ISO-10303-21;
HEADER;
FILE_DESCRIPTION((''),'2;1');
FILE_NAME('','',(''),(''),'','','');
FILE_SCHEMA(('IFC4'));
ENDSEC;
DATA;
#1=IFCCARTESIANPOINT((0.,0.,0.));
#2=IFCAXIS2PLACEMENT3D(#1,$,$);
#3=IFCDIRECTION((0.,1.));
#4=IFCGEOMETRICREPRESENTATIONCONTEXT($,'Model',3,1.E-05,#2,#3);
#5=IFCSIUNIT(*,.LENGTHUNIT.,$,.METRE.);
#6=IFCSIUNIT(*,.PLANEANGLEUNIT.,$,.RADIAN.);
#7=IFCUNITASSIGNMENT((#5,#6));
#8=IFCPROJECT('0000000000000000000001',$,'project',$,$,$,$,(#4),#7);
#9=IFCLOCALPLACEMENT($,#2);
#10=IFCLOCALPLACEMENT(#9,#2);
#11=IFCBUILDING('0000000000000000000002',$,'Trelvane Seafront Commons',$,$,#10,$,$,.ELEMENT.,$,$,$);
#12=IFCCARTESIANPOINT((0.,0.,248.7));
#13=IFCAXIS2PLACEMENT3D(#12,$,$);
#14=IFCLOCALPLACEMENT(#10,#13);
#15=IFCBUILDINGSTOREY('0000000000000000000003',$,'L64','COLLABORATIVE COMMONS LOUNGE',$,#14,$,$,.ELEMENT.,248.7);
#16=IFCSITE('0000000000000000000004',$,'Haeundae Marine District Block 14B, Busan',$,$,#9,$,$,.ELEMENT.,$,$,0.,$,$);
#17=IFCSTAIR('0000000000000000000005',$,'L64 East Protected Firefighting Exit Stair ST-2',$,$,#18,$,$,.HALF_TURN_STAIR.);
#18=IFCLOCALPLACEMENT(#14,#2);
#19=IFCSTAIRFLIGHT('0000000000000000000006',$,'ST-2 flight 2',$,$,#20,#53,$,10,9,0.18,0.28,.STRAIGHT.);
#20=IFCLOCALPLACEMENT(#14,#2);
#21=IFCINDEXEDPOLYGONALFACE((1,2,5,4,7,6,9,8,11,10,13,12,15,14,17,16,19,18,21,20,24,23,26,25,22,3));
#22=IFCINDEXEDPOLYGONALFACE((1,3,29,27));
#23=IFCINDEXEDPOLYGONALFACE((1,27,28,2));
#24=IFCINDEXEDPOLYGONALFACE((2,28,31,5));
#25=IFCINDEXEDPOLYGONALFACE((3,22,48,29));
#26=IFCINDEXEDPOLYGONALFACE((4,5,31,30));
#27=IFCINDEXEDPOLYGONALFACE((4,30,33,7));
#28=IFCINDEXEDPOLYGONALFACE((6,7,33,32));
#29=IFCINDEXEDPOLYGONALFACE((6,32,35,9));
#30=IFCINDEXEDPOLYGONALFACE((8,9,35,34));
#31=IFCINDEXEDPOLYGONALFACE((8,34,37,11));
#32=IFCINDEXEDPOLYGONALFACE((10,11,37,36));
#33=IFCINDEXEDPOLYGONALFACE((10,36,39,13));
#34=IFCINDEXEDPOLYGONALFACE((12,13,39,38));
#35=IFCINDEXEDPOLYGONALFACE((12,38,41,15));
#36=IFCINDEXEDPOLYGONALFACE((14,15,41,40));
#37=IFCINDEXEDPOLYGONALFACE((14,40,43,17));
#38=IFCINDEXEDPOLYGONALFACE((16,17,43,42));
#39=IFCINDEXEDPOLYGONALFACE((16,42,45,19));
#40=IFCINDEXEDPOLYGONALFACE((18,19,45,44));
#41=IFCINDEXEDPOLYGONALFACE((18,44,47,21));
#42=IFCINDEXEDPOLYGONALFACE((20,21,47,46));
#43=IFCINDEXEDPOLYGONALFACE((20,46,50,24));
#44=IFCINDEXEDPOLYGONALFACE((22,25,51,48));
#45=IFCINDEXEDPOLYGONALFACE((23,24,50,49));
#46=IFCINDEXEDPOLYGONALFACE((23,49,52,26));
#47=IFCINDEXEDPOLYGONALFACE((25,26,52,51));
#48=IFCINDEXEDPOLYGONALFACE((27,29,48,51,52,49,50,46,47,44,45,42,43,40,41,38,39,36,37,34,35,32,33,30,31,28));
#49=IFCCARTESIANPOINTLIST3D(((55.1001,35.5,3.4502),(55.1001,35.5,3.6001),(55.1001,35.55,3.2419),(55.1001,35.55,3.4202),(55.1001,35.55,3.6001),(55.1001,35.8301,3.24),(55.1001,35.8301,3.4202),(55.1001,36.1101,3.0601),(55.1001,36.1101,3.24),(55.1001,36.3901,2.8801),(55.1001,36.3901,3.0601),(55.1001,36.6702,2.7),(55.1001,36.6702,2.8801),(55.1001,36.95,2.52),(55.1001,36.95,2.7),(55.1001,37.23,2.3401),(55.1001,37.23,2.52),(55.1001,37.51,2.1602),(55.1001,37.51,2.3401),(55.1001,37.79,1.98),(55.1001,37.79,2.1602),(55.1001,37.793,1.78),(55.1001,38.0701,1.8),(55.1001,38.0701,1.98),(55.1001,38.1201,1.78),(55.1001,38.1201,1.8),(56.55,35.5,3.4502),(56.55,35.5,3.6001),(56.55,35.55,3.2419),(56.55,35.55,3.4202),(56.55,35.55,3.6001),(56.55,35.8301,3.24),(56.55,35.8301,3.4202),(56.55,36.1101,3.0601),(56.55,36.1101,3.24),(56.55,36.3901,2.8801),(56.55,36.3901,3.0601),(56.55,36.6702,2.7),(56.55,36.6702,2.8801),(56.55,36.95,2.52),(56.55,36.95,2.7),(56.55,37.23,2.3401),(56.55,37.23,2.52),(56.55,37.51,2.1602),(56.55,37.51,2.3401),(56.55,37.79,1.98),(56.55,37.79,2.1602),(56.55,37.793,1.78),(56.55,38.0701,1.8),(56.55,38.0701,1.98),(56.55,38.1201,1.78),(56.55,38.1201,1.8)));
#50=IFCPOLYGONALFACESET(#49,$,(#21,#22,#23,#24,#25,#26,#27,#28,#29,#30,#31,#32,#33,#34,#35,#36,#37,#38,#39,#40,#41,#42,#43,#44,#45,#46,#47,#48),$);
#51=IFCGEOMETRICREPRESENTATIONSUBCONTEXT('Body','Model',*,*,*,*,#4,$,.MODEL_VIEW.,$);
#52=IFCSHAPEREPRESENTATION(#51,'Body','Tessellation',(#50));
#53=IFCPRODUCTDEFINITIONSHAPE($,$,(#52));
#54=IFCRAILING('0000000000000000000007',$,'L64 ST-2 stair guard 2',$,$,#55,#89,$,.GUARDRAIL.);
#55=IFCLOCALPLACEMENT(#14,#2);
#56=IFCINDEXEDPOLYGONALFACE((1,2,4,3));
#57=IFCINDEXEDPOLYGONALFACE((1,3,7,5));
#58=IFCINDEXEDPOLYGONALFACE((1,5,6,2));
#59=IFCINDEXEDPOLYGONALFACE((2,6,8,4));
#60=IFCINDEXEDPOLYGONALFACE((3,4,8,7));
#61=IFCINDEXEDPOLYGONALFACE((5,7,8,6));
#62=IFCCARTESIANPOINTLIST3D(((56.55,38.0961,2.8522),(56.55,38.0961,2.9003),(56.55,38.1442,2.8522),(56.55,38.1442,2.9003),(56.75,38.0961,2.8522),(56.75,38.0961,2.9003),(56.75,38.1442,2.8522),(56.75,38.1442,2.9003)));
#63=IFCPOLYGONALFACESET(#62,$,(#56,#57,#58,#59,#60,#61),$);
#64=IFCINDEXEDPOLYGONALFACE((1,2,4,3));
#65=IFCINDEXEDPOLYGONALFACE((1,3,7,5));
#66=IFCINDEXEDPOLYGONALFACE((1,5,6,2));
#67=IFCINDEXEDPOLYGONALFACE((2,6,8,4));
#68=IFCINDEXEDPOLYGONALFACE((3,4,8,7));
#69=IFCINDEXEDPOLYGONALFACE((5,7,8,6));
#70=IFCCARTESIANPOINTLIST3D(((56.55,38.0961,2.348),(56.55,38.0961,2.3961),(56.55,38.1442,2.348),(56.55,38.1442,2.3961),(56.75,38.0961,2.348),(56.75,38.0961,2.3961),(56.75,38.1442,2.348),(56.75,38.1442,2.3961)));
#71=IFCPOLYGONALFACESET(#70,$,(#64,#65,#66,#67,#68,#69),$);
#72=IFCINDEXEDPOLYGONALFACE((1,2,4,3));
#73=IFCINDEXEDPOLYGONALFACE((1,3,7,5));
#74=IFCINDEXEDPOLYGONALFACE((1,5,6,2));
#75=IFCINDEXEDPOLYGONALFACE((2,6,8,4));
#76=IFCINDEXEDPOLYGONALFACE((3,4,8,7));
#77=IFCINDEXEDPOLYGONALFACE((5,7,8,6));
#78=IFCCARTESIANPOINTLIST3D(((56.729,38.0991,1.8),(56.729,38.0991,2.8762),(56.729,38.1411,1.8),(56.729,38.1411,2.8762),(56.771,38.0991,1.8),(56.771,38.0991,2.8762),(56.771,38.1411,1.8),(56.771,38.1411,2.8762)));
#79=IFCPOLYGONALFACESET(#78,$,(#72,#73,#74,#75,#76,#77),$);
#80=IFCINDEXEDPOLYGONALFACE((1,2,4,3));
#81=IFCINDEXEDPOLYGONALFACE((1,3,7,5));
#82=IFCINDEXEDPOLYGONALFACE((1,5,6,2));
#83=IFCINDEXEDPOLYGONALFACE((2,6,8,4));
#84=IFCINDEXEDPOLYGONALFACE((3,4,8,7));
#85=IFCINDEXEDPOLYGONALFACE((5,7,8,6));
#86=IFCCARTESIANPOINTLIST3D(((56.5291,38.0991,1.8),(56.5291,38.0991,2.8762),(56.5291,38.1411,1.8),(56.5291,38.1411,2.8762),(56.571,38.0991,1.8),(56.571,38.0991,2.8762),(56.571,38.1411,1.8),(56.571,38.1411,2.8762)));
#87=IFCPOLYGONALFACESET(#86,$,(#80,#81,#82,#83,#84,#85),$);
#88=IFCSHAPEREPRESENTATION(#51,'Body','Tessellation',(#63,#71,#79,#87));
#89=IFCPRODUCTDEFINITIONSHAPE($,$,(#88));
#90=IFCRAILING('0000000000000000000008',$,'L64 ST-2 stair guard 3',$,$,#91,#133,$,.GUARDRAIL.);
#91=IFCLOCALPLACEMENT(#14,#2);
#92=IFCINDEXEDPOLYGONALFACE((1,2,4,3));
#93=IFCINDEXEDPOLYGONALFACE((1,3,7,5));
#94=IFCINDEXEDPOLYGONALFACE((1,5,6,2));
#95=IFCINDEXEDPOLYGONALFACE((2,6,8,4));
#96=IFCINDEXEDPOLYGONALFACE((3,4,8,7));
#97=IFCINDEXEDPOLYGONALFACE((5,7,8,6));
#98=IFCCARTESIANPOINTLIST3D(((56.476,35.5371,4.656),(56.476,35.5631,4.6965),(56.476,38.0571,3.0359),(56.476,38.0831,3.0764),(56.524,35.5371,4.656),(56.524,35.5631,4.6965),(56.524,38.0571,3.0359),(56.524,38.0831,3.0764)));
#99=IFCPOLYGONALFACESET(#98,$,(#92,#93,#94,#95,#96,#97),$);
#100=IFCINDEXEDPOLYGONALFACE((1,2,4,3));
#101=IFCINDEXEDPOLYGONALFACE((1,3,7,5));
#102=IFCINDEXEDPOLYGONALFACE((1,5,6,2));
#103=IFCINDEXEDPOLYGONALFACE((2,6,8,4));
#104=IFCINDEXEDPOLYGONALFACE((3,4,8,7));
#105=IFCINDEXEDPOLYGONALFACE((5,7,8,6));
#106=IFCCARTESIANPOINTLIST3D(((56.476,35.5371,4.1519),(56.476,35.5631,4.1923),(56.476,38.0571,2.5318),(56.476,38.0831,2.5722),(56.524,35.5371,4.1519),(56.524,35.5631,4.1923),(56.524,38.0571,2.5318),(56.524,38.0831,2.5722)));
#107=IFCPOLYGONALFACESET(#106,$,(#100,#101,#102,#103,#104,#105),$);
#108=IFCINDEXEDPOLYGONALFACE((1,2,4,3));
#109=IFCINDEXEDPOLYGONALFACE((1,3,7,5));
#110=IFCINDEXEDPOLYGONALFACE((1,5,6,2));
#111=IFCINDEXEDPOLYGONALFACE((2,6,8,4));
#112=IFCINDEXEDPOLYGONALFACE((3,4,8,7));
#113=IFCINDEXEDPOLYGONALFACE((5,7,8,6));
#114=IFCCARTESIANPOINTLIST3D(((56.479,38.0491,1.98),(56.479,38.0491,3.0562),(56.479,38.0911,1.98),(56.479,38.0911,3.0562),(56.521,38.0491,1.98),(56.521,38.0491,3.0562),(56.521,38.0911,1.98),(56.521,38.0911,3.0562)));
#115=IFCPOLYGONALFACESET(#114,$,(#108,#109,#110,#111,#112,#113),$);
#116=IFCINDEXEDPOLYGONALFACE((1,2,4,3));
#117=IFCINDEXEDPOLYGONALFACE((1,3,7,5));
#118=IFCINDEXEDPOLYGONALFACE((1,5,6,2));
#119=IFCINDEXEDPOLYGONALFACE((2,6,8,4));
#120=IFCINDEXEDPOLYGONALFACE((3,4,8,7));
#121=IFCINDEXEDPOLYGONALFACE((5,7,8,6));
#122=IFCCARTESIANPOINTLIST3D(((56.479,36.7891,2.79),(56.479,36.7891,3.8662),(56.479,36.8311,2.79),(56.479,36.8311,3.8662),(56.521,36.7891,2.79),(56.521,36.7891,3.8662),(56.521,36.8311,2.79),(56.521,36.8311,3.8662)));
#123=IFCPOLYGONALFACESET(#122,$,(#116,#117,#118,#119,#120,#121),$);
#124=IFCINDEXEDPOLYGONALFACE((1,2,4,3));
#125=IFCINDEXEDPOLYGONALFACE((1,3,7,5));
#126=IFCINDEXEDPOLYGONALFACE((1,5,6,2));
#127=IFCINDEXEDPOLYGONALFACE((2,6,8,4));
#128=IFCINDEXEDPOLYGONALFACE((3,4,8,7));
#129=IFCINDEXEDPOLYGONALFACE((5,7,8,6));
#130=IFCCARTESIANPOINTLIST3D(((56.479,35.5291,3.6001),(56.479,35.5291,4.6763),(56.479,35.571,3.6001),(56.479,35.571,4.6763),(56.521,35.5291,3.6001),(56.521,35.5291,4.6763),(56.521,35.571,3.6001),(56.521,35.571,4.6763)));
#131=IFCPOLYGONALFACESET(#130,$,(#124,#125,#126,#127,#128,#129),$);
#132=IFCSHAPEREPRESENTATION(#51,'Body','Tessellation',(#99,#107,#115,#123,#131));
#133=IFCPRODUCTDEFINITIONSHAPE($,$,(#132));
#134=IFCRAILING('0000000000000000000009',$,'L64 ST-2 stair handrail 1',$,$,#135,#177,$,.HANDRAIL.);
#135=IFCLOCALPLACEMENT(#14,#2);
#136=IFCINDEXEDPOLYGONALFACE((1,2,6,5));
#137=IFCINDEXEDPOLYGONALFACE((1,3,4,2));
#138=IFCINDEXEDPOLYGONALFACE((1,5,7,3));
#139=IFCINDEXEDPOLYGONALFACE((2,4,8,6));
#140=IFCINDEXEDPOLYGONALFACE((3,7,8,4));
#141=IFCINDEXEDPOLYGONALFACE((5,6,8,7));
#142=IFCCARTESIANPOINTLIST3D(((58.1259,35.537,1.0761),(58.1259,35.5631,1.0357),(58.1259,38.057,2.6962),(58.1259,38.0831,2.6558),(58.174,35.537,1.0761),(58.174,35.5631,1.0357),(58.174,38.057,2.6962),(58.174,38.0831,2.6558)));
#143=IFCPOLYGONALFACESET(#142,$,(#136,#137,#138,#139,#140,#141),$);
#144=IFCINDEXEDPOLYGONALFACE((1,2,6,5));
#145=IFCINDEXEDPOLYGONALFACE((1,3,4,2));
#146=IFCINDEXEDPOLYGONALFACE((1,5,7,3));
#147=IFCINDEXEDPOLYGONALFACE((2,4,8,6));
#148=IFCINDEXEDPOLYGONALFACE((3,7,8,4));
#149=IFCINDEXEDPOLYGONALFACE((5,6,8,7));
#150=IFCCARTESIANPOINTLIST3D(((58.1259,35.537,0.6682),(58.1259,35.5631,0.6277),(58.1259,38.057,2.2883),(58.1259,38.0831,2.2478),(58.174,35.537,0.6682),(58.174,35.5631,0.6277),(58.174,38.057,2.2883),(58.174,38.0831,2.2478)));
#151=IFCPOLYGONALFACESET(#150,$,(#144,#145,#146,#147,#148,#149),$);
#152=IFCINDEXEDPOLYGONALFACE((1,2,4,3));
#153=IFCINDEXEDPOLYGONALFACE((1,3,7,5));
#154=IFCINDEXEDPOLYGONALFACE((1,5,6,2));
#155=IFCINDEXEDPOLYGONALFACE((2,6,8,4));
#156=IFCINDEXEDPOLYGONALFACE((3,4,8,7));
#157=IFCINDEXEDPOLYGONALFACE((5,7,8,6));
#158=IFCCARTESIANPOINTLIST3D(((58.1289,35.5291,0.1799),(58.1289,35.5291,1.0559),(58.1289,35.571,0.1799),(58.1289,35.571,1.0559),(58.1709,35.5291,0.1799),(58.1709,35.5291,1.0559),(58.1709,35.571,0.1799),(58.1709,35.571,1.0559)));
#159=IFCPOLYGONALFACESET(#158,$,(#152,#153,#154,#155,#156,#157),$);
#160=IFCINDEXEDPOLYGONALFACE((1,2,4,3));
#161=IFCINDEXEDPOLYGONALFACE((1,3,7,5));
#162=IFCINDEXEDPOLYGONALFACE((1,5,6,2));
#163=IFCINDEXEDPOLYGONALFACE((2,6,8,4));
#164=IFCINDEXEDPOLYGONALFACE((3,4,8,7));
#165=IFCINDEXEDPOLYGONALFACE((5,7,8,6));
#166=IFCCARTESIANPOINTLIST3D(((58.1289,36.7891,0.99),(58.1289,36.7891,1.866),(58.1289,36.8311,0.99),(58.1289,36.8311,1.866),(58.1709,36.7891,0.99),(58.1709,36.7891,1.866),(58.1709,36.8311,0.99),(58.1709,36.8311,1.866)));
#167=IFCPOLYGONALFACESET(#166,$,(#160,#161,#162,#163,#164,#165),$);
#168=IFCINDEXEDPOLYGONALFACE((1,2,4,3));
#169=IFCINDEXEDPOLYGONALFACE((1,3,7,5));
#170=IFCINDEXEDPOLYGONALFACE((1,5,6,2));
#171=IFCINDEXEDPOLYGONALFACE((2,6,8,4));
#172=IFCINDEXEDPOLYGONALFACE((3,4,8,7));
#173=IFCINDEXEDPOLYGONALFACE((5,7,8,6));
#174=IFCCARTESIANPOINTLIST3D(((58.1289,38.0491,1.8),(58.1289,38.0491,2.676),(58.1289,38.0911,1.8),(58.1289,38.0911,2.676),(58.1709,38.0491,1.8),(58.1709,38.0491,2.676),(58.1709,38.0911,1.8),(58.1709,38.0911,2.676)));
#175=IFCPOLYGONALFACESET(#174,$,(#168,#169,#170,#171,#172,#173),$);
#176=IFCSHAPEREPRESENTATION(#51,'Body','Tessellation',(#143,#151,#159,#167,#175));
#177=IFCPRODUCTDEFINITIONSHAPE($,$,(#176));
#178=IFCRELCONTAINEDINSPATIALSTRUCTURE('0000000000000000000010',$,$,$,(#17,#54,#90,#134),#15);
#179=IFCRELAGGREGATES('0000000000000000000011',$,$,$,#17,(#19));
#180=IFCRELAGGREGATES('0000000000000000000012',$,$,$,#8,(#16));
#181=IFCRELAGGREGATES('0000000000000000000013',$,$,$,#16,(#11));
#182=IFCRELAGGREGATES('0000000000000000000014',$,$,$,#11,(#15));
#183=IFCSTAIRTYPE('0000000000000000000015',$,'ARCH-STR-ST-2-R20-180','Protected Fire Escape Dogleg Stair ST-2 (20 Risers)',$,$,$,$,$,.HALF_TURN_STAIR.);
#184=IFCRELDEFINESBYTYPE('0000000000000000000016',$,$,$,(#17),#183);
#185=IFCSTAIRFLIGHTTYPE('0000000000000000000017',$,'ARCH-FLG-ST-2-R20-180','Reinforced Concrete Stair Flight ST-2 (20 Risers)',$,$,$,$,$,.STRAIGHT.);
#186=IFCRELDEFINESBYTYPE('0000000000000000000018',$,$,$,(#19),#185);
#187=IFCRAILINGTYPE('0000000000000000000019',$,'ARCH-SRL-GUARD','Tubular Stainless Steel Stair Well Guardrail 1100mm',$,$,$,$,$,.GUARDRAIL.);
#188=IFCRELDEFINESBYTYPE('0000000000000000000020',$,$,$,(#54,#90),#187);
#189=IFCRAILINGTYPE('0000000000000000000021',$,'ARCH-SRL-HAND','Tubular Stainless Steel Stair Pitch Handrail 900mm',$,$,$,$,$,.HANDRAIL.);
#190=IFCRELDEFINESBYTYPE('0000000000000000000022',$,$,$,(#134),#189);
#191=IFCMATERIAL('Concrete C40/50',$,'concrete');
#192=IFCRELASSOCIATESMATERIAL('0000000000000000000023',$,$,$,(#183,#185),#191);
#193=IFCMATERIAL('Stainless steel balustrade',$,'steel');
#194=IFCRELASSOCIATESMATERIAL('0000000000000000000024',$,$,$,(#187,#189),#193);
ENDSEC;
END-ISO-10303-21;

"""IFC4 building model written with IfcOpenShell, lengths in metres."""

from ifc_helpers import new_model, si_unit, direction, frame, origin, origin_2d, place, context, subcontext, project, spatial, polyline, rectangle, outline, extrude, source, transform, mapped, material, type_object, element, aggregate, save


model = new_model("IFC4")

# Units and contexts
model_context = context("Model", 3, precision=1e-05, world=origin(), true_north=direction((0.0, 1.0)))
body_context = subcontext(model_context, "Body", "Model", "MODEL_VIEW")
ifc_project = project(units=[si_unit("LENGTHUNIT", "METRE"), si_unit("PLANEANGLEUNIT", "RADIAN")], contexts=[model_context])

# Site, building, storey
site_placement = place(None, origin())
site = spatial("IfcSite", under=ifc_project, at=site_placement, Name="Haeundae Marine District Block 14B, Busan", CompositionType="ELEMENT", RefElevation=0.0)
building_placement = place(site_placement, origin())
building = spatial("IfcBuilding", under=site, at=building_placement, Name="Trelvane Seafront Commons", CompositionType="ELEMENT")
storey_placement = place(building_placement, frame((0.0, 0.0, 248.7)))
storey = spatial("IfcBuildingStorey", under=building, at=storey_placement, Name="L64", Description="COLLABORATIVE COMMONS LOUNGE", CompositionType="ELEMENT", Elevation=248.7)

# Stair, stair flight
ifc_material_1 = material(Name="Concrete C40/50", Category="concrete")
stair_type = type_object("IfcStairType", Name="ARCH-STR-ST-2-R20-180", Description="Protected Fire Escape Dogleg Stair ST-2 (20 Risers)", PredefinedType="HALF_TURN_STAIR", material=ifc_material_1)
stair_placement = place(storey_placement, origin())
stair = element("IfcStair", 1, at=stair_placement, inside=storey, type_object=stair_type, Name="L64 East Protected Firefighting Exit Stair ST-2", PredefinedType="HALF_TURN_STAIR")
stair_flight_type = type_object("IfcStairFlightType", Name="ARCH-FLG-ST-2-R20-180", Description="Reinforced Concrete Stair Flight ST-2 (20 Risers)", PredefinedType="STRAIGHT", material=ifc_material_1)
shared_shape_1 = source(origin(), body_context, "Body", "SweptSolid", [
    extrude(outline(polyline([(-0.05, -0.02), (-0.05, 0.0), (0.0, 0.0), (0.0, 0.1799), (0.28, 0.1799), (0.28, 0.3601), (0.5601, 0.3601), (0.5601, 0.54), (0.8401, 0.54), (0.8401, 0.72), (1.1201, 0.72), (1.1201, 0.8999), (1.3999, 0.8999), (1.3999, 1.0801), (1.6799, 1.0801), (1.6799, 1.26), (1.96, 1.26), (1.96, 1.4399), (2.24, 1.4399), (2.24, 1.6201), (2.52, 1.6201), (2.52, 1.8), (2.5701, 1.8), (2.5701, 1.6501), (2.52, 1.4419), (0.2771, -0.02), (-0.05, -0.02)])), frame((0.0, 0.7251, 0.0), z_axis=(0.0, -1.0, 0.0), x_axis=(1.0, 0.0, 0.0)), (0.0, 0.0, 1.0), 1.45),
])
stair_flight_placement = place(storey_placement, frame((55.825, 38.0701, 1.8), z_axis=(0.0, 0.0, 1.0), x_axis=(0.0, -1.0, 0.0)))
stair_flight = element("IfcStairFlight", 2, at=stair_flight_placement, type_object=stair_flight_type, Name="ST-2 flight 2", NumberOfRisers=10, NumberOfTreads=9, PredefinedType="STRAIGHT", RiserHeight=0.18, TreadLength=0.28, context=body_context, shape_type="MappedRepresentation", body=[
    mapped(shared_shape_1, transform((0.0, 0.0, 0.0), x_axis=(1.0, 0.0, 0.0), y_axis=(0.0, 1.0, 0.0), z_axis=(0.0, 0.0, 1.0), scale=1.0)),
])
aggregate(stair, [stair_flight])

# Railings
ifc_material_2 = material(Name="Stainless steel balustrade", Category="steel")
railing_type_1 = type_object("IfcRailingType", Name="ARCH-SRL-GUARD", Description="Tubular Stainless Steel Stair Well Guardrail 1100mm", PredefinedType="GUARDRAIL", material=ifc_material_2)
railing_1_placement = place(storey_placement, frame((56.75, 38.1201, 1.8)))
element("IfcRailing", 3, at=railing_1_placement, inside=storey, type_object=railing_type_1, Name="L64 ST-2 stair guard 2", PredefinedType="GUARDRAIL", context=body_context, shape_type="SweptSolid", body=[
    extrude(rectangle(XDim=0.0481, YDim=0.0481, at=origin_2d()), frame((0.0, 0.0, 1.0762), z_axis=(-1.0, 0.0, 0.0), x_axis=(0.0, -1.0, 0.0)), (0.0, 0.0, 1.0), 0.2),
    extrude(rectangle(XDim=0.0481, YDim=0.0481, at=origin_2d()), frame((0.0, 0.0, 0.572), z_axis=(-1.0, 0.0, 0.0), x_axis=(0.0, -1.0, 0.0)), (0.0, 0.0, 1.0), 0.2),
    extrude(rectangle(XDim=0.042, YDim=0.042, at=origin_2d()), origin(), (0.0, 0.0, 1.0), 1.0762),
    extrude(rectangle(XDim=0.042, YDim=0.042, at=origin_2d()), frame((-0.2, 0.0, 0.0)), (0.0, 0.0, 1.0), 1.0762),
])
railing_2_placement = place(storey_placement, frame((56.5, 38.0701, 1.98)))
element("IfcRailing", 4, at=railing_2_placement, inside=storey, type_object=railing_type_1, Name="L64 ST-2 stair guard 3", PredefinedType="GUARDRAIL", context=body_context, shape_type="SweptSolid", body=[
    extrude(rectangle(XDim=0.0481, YDim=0.0481, at=origin_2d()), frame((0.0, 0.0, 1.0762), z_axis=(0.0, -0.841163, 0.540782), x_axis=(1.0, 0.0, 0.0)), (0.0, 0.0, 1.0), 2.9958),
    extrude(rectangle(XDim=0.0481, YDim=0.0481, at=origin_2d()), frame((0.0, 0.0, 0.572), z_axis=(0.0, -0.841163, 0.540782), x_axis=(1.0, 0.0, 0.0)), (0.0, 0.0, 1.0), 2.9958),
    extrude(rectangle(XDim=0.042, YDim=0.042, at=origin_2d()), origin(), (0.0, 0.0, 1.0), 1.0762),
    extrude(rectangle(XDim=0.042, YDim=0.042, at=origin_2d()), frame((0.0, -1.26, 0.8101)), (0.0, 0.0, 1.0), 1.0762),
    extrude(rectangle(XDim=0.042, YDim=0.042, at=origin_2d()), frame((0.0, -2.52, 1.6201)), (0.0, 0.0, 1.0), 1.0762),
])
railing_type_2 = type_object("IfcRailingType", Name="ARCH-SRL-HAND", Description="Tubular Stainless Steel Stair Pitch Handrail 900mm", PredefinedType="HANDRAIL", material=ifc_material_2)
railing_3_placement = place(storey_placement, frame((58.1499, 35.55, 0.1799)))
element("IfcRailing", 5, at=railing_3_placement, inside=storey, type_object=railing_type_2, Name="L64 ST-2 stair handrail 1", PredefinedType="HANDRAIL", context=body_context, shape_type="SweptSolid", body=[
    extrude(rectangle(XDim=0.0481, YDim=0.0481, at=origin_2d()), frame((0.0, 0.0, 0.876), z_axis=(0.0, 0.841163, 0.540782), x_axis=(-1.0, 0.0, 0.0)), (0.0, 0.0, 1.0), 2.9958),
    extrude(rectangle(XDim=0.0481, YDim=0.0481, at=origin_2d()), frame((0.0, 0.0, 0.468), z_axis=(0.0, 0.841163, 0.540782), x_axis=(-1.0, 0.0, 0.0)), (0.0, 0.0, 1.0), 2.9958),
    extrude(rectangle(XDim=0.042, YDim=0.042, at=origin_2d()), origin(), (0.0, 0.0, 1.0), 0.876),
    extrude(rectangle(XDim=0.042, YDim=0.042, at=origin_2d()), frame((0.0, 1.26, 0.8101)), (0.0, 0.0, 1.0), 0.876),
    extrude(rectangle(XDim=0.042, YDim=0.042, at=origin_2d()), frame((0.0, 2.52, 1.6201)), (0.0, 0.0, 1.0), 0.876),
])

save(model, "model.ifc")
